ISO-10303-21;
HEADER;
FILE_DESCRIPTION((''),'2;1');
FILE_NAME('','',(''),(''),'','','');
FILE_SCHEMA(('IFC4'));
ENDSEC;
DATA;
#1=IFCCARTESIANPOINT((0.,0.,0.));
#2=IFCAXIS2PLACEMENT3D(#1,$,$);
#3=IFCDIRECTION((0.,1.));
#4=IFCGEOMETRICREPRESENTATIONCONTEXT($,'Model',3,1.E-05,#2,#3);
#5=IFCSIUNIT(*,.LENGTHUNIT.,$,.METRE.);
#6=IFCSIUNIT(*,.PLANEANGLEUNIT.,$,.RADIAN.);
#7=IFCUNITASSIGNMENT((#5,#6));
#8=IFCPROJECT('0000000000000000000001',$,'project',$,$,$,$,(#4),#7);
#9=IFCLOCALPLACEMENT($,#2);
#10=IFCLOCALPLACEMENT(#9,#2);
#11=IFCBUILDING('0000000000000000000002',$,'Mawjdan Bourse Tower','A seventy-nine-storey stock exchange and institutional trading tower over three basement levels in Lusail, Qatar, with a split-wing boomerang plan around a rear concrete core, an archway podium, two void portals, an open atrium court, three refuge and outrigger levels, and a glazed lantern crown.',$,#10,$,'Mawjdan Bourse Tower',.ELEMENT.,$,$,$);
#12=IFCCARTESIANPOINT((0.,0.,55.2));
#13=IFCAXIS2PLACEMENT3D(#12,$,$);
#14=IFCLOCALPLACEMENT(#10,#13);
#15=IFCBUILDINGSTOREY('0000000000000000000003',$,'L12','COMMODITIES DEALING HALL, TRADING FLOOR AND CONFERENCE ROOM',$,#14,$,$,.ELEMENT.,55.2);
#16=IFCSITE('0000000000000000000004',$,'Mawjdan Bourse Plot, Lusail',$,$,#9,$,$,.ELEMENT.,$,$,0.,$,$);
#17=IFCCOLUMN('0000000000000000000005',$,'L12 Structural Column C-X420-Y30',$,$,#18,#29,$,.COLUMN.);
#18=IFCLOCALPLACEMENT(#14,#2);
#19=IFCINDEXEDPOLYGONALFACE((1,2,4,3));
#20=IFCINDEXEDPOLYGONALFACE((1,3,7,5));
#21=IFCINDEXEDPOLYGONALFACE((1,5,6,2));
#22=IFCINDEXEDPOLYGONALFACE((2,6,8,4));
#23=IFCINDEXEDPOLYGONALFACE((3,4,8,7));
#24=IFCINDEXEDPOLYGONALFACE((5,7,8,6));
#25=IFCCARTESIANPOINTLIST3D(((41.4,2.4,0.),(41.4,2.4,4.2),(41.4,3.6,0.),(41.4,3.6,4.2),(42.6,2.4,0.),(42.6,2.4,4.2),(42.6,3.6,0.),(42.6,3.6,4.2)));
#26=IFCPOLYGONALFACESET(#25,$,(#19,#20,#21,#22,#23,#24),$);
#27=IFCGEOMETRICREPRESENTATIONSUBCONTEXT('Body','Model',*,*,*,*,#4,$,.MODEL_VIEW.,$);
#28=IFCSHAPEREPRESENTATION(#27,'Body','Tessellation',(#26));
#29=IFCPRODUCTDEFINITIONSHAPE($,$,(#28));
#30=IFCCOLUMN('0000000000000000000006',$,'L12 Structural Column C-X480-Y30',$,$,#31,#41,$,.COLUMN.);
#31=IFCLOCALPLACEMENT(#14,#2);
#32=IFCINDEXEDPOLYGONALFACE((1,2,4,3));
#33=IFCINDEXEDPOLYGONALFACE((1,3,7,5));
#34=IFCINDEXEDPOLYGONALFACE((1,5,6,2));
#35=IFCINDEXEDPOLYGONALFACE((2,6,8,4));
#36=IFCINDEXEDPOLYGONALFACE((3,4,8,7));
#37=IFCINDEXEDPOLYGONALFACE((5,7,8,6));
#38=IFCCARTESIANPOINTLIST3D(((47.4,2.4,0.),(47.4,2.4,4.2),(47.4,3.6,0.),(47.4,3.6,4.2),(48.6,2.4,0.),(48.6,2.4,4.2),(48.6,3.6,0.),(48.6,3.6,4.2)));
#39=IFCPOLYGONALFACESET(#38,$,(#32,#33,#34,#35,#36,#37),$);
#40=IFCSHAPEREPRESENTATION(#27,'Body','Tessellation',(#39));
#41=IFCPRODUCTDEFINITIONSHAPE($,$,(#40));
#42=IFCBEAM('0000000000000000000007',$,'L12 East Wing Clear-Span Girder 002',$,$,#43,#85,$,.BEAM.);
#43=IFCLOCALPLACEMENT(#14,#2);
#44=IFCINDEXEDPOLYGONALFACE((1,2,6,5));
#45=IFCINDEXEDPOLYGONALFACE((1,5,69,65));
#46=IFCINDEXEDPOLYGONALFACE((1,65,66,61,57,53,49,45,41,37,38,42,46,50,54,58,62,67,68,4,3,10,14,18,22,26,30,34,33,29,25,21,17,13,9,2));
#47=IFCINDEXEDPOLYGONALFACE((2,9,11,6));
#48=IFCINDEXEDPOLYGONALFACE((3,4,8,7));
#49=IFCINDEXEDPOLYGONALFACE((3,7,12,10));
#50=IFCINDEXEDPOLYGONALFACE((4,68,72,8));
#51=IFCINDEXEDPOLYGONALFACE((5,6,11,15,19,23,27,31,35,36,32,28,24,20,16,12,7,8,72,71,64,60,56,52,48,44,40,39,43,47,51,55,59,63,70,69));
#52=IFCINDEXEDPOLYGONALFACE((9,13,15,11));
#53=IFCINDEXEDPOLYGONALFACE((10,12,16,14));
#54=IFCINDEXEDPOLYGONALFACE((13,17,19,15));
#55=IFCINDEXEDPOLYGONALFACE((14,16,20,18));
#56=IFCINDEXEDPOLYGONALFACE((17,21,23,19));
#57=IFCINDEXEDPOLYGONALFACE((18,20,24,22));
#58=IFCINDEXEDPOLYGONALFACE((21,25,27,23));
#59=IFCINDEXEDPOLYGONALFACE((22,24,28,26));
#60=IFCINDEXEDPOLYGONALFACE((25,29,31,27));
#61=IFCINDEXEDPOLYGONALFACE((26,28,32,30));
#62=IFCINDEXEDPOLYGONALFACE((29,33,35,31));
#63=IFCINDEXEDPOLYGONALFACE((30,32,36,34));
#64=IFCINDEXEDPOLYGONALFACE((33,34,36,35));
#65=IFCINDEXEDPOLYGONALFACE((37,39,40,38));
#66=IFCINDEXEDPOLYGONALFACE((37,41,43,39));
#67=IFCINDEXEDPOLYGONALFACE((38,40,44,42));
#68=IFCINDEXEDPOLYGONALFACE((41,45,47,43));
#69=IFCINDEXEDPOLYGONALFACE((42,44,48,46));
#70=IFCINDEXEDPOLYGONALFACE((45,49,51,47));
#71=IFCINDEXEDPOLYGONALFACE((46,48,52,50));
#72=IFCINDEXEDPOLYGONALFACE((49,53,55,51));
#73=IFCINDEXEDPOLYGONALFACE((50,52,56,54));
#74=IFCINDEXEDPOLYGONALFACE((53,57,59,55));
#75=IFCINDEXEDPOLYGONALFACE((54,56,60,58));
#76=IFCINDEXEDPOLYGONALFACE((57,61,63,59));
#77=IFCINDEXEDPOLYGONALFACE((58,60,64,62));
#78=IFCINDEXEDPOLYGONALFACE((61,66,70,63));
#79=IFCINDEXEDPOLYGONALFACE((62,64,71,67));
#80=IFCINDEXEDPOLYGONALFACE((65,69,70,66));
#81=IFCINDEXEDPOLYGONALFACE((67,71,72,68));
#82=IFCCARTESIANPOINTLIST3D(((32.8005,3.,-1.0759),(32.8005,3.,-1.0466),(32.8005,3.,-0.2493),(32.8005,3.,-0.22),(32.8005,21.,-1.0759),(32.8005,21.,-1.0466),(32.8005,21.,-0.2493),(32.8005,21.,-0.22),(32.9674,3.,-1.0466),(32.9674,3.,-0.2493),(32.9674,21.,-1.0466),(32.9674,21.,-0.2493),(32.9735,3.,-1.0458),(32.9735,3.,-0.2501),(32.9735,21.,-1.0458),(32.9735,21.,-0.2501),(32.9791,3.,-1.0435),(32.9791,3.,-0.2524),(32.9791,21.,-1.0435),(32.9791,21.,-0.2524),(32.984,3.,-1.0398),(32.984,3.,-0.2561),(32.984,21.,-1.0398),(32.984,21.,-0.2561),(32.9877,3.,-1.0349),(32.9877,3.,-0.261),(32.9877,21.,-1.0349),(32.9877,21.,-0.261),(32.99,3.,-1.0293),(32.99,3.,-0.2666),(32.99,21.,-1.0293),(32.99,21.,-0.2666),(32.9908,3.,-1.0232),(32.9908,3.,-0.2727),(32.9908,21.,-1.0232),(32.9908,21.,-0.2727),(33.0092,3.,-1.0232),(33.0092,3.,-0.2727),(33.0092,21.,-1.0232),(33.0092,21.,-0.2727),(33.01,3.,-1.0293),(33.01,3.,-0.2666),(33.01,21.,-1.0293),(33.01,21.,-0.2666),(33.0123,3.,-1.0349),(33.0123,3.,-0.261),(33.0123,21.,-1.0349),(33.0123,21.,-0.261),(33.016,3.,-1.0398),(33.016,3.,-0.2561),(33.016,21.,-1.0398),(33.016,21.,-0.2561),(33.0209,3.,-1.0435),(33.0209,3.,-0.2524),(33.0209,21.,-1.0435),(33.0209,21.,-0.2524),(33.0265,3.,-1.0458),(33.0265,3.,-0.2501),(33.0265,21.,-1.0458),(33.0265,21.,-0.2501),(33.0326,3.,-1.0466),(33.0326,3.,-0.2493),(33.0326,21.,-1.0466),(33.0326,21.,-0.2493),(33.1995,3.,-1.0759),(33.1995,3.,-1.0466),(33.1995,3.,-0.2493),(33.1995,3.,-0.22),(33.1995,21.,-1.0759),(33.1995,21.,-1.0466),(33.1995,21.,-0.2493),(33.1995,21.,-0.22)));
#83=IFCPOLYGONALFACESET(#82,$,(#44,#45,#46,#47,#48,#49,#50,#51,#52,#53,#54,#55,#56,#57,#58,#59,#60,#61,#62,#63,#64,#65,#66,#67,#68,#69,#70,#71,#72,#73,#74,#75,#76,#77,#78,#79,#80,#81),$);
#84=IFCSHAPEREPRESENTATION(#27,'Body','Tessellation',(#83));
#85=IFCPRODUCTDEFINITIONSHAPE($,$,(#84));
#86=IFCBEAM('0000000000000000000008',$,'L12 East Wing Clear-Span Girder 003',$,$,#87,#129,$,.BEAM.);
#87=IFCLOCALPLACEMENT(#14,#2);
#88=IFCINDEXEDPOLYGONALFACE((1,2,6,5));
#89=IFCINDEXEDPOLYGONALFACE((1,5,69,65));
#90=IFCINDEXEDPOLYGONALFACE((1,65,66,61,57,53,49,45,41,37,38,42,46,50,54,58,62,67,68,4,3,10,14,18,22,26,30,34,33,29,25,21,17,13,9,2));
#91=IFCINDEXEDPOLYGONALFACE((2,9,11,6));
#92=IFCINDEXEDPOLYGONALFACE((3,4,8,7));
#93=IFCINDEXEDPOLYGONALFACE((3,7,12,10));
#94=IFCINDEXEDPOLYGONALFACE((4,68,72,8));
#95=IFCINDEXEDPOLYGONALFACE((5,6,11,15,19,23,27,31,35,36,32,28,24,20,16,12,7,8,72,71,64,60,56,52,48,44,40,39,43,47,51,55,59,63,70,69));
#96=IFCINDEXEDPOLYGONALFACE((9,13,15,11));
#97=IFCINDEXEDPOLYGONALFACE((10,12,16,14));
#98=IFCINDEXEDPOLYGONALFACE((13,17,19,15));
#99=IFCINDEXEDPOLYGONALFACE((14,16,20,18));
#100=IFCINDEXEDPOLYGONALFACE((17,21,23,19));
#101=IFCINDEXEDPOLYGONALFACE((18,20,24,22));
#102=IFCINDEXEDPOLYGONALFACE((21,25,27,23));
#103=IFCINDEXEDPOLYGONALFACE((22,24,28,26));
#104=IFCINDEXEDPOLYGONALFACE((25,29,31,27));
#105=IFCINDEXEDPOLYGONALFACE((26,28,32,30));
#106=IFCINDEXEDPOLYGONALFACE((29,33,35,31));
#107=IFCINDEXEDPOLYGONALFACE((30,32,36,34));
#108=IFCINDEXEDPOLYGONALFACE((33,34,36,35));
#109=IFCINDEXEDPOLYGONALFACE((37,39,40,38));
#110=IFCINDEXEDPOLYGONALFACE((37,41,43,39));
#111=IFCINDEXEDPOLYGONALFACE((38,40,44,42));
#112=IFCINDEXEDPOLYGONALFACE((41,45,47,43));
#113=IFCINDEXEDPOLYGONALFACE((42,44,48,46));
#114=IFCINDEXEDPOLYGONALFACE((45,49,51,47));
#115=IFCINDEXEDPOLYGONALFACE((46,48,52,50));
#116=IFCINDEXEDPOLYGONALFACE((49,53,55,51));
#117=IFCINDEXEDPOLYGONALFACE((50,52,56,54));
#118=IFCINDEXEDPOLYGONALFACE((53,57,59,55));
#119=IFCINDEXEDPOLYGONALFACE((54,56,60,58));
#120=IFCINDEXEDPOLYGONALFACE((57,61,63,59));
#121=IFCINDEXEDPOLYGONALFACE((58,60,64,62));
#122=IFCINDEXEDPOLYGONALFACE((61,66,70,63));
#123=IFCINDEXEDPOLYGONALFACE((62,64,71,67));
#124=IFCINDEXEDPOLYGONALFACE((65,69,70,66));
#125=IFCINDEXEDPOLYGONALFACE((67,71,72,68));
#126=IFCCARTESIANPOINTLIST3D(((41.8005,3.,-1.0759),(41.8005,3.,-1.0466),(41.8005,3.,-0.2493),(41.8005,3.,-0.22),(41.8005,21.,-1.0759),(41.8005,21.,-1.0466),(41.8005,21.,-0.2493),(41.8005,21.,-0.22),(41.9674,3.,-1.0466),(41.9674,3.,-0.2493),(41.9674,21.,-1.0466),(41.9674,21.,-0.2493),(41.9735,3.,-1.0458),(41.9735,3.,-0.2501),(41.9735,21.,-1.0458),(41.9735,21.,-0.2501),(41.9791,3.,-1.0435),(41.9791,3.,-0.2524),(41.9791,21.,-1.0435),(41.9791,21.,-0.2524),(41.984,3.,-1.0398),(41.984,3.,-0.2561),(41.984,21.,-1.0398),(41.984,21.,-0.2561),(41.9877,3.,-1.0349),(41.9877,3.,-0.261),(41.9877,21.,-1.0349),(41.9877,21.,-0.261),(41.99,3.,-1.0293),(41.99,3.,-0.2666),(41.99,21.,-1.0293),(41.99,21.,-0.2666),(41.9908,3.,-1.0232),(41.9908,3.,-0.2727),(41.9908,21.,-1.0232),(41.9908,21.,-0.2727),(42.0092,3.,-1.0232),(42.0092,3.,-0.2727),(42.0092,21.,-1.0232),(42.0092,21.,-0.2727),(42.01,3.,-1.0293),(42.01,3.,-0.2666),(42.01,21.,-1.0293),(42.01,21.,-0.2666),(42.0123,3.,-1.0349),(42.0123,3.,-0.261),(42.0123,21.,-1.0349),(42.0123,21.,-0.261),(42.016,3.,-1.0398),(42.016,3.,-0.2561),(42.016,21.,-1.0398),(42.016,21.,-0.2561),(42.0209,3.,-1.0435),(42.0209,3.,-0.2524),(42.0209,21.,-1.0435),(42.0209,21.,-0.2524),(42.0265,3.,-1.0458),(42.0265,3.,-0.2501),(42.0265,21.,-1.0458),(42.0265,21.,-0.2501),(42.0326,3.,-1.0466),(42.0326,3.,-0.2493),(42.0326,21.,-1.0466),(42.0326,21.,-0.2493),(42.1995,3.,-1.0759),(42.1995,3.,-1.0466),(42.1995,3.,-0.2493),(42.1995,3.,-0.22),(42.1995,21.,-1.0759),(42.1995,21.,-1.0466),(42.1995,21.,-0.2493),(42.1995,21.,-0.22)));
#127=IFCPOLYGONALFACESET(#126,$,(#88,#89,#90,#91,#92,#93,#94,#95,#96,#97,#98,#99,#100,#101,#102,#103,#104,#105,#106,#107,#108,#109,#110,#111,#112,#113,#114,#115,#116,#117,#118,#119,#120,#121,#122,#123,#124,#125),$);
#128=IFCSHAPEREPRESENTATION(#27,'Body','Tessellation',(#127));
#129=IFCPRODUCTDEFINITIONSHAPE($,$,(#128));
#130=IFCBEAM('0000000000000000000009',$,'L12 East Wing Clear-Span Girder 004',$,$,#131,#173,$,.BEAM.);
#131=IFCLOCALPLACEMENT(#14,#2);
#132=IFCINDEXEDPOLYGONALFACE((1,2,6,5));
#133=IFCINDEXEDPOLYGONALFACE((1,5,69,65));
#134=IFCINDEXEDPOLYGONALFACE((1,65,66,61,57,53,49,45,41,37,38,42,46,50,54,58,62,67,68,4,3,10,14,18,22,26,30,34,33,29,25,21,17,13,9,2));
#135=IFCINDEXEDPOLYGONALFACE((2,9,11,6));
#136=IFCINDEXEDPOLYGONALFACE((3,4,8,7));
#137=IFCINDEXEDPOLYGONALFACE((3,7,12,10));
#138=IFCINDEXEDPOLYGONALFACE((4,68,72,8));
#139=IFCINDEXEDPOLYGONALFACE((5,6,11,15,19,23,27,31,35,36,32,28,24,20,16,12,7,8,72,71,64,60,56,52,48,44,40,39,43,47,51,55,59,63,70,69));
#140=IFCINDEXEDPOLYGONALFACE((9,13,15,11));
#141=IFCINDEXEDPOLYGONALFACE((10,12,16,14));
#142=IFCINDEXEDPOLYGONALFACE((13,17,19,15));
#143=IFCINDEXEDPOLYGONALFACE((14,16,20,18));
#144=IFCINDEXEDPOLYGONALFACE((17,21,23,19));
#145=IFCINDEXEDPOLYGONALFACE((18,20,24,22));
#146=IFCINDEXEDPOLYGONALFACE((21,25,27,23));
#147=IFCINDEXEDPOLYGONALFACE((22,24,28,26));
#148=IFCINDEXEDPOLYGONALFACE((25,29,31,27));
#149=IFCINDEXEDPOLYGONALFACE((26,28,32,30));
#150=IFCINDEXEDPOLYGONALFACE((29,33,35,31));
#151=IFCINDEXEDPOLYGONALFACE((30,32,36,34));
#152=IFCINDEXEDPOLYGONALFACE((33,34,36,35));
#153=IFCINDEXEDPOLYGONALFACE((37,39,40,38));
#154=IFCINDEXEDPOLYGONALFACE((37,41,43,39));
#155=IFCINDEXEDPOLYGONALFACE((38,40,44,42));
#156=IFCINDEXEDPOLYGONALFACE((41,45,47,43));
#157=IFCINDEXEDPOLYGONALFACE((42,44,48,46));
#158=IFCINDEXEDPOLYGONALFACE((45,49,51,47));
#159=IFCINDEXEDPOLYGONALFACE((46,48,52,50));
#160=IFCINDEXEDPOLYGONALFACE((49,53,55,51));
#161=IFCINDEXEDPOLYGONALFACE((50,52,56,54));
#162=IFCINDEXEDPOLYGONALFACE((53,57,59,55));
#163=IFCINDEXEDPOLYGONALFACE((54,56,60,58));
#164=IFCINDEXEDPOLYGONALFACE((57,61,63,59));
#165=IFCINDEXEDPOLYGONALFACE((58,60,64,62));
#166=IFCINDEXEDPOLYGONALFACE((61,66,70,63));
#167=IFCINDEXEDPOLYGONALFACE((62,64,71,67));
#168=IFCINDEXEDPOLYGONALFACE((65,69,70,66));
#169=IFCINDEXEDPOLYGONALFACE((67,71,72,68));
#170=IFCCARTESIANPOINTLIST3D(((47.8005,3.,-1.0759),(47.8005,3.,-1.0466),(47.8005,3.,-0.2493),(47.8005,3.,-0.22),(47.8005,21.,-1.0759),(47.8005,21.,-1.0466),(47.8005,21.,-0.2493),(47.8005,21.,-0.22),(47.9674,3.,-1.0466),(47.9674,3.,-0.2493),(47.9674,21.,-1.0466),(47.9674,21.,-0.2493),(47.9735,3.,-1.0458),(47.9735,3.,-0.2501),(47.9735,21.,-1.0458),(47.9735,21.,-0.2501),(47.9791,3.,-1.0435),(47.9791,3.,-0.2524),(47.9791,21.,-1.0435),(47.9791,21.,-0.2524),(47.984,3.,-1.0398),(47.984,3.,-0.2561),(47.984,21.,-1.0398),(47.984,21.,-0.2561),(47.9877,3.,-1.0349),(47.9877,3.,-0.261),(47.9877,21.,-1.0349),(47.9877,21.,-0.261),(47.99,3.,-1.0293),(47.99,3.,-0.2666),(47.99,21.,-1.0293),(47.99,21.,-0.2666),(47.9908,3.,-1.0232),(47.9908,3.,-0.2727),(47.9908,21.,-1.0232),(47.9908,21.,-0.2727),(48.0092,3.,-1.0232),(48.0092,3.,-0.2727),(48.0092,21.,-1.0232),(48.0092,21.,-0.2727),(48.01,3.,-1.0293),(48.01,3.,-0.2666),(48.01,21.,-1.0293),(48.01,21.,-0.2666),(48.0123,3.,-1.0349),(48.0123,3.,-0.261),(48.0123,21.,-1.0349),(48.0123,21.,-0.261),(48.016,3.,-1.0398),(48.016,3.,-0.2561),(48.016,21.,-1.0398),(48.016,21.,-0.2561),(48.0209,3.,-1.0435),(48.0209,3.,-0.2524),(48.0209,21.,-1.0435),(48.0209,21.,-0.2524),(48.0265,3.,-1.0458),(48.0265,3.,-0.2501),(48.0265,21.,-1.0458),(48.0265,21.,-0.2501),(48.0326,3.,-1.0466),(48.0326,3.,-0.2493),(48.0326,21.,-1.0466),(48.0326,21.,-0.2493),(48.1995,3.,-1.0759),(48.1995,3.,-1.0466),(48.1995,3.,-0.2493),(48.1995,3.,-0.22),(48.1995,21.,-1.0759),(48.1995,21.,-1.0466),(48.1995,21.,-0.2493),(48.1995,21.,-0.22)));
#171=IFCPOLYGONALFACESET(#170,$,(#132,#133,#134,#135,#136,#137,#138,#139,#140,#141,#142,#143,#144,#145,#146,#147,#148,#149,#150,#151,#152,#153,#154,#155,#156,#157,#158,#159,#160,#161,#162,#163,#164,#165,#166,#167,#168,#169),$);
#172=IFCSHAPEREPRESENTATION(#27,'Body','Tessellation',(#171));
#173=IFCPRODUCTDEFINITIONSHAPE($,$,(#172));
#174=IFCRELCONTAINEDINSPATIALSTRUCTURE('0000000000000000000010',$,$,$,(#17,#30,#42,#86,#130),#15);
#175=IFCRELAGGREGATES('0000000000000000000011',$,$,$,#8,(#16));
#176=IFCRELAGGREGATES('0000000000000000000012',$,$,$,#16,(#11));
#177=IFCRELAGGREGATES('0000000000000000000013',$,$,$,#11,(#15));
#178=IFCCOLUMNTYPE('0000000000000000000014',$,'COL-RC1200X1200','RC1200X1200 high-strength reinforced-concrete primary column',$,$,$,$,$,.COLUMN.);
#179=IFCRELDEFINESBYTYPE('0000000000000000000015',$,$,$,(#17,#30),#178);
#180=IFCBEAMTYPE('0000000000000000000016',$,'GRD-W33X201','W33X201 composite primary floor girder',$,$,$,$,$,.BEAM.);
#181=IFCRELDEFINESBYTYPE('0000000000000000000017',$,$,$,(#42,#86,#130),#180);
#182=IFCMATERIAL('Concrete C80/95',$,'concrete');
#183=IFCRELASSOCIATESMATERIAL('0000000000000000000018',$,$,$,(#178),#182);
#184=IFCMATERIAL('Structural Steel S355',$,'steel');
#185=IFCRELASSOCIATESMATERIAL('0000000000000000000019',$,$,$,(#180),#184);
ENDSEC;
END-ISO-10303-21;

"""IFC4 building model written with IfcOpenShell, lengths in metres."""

from ifc_helpers import new_model, si_unit, direction, frame, origin, origin_2d, place, context, subcontext, project, spatial, rectangle, i_section, extrude, material, material_profile, profile_set, type_object, element, save


model = new_model("IFC4")

# Units and contexts
model_context = context("Model", 3, precision=1e-05, world=origin(), true_north=direction((0.0, 1.0)))
body_context = subcontext(model_context, "Body", "Model", "MODEL_VIEW")
ifc_project = project(units=[si_unit("LENGTHUNIT", "METRE"), si_unit("PLANEANGLEUNIT", "RADIAN")], contexts=[model_context])

# Site, building, storey
site_placement = place(None, origin())
site = spatial("IfcSite", under=ifc_project, at=site_placement, Name="Mawjdan Bourse Plot, Lusail", CompositionType="ELEMENT", RefElevation=0.0)
building_placement = place(site_placement, origin())
building = spatial("IfcBuilding", under=site, at=building_placement, Name="Mawjdan Bourse Tower", Description="A seventy-nine-storey stock exchange and institutional trading tower over three basement levels in Lusail, Qatar, with a split-wing boomerang plan around a rear concrete core, an archway podium, two void portals, an open atrium court, three refuge and outrigger levels, and a glazed lantern crown.", LongName="Mawjdan Bourse Tower", CompositionType="ELEMENT")
storey_placement = place(building_placement, frame((0.0, 0.0, 55.2)))
storey = spatial("IfcBuildingStorey", under=building, at=storey_placement, Name="L12", Description="COMMODITIES DEALING HALL, TRADING FLOOR AND CONFERENCE ROOM", CompositionType="ELEMENT", Elevation=55.2)

# Columns
ifc_material_1 = material(Name="Concrete C80/95", Category="concrete")
ifc_material_profile_1 = material_profile(ifc_material_1, rectangle(XDim=1.2, YDim=1.2, at=origin_2d()), Name="RC1200X1200")
ifc_profile_set_1 = profile_set([ifc_material_profile_1], Name="Concrete C80/95")
column_type = type_object("IfcColumnType", Name="COL-RC1200X1200", Description="RC1200X1200 high-strength reinforced-concrete primary column", PredefinedType="COLUMN", material=ifc_profile_set_1)
for number, where, z_axis, x_axis, name in (
    (1, (42.0, 3.0, 0.0), (0.0, 0.0, 1.0), (1.0, 0.0, 0.0), "L12 Structural Column C-X420-Y30"),
    (2, (48.0, 3.0, 0.0), (0.0, 0.0, 1.0), (1.0, 0.0, 0.0), "L12 Structural Column C-X480-Y30"),
):
    element("IfcColumn", number, at=place(storey_placement, frame(where, z_axis=z_axis, x_axis=x_axis)), inside=storey, type_object=column_type, Name=name, PredefinedType="COLUMN", context=body_context, shape_type="SweptSolid", body=[
        extrude(rectangle(XDim=1.2, YDim=1.2, at=origin_2d()), origin(), (0.0, 0.0, 1.0), 4.2),
    ])

# Beams
ifc_material_2 = material(Name="Structural Steel S355", Category="steel")
ifc_material_profile_2 = material_profile(ifc_material_2, i_section(OverallWidth=0.3989, OverallDepth=0.856, WebThickness=0.0183, FlangeThickness=0.0293, FilletRadius=0.0234, at=origin_2d()), Name="W33X201")
ifc_profile_set_2 = profile_set([ifc_material_profile_2], Name="Structural Steel S355")
beam_type_1 = type_object("IfcBeamType", Name="GRD-W33X201", Description="W33X201 composite primary floor girder", PredefinedType="BEAM", material=ifc_profile_set_2)
for number, where, z_axis, x_axis, name in (
    (3, (33.0, 3.0, -0.6479), (0.0, 1.0, 0.0), (-1.0, 0.0, 0.0), "L12 East Wing Clear-Span Girder 002"),
    (4, (42.0, 3.0, -0.6479), (0.0, 1.0, 0.0), (-1.0, 0.0, 0.0), "L12 East Wing Clear-Span Girder 003"),
    (5, (48.0, 3.0, -0.6479), (0.0, 1.0, 0.0), (-1.0, 0.0, 0.0), "L12 East Wing Clear-Span Girder 004"),
):
    element("IfcBeam", number, at=place(storey_placement, frame(where, z_axis=z_axis, x_axis=x_axis)), inside=storey, type_object=beam_type_1, Name=name, PredefinedType="BEAM", context=body_context, shape_type="SweptSolid", body=[
        extrude(i_section(OverallWidth=0.3989, OverallDepth=0.856, WebThickness=0.0183, FlangeThickness=0.0293, FilletRadius=0.0234, at=origin_2d()), origin(), (0.0, 0.0, 1.0), 18.0),
    ])

save(model, "model.ifc")
